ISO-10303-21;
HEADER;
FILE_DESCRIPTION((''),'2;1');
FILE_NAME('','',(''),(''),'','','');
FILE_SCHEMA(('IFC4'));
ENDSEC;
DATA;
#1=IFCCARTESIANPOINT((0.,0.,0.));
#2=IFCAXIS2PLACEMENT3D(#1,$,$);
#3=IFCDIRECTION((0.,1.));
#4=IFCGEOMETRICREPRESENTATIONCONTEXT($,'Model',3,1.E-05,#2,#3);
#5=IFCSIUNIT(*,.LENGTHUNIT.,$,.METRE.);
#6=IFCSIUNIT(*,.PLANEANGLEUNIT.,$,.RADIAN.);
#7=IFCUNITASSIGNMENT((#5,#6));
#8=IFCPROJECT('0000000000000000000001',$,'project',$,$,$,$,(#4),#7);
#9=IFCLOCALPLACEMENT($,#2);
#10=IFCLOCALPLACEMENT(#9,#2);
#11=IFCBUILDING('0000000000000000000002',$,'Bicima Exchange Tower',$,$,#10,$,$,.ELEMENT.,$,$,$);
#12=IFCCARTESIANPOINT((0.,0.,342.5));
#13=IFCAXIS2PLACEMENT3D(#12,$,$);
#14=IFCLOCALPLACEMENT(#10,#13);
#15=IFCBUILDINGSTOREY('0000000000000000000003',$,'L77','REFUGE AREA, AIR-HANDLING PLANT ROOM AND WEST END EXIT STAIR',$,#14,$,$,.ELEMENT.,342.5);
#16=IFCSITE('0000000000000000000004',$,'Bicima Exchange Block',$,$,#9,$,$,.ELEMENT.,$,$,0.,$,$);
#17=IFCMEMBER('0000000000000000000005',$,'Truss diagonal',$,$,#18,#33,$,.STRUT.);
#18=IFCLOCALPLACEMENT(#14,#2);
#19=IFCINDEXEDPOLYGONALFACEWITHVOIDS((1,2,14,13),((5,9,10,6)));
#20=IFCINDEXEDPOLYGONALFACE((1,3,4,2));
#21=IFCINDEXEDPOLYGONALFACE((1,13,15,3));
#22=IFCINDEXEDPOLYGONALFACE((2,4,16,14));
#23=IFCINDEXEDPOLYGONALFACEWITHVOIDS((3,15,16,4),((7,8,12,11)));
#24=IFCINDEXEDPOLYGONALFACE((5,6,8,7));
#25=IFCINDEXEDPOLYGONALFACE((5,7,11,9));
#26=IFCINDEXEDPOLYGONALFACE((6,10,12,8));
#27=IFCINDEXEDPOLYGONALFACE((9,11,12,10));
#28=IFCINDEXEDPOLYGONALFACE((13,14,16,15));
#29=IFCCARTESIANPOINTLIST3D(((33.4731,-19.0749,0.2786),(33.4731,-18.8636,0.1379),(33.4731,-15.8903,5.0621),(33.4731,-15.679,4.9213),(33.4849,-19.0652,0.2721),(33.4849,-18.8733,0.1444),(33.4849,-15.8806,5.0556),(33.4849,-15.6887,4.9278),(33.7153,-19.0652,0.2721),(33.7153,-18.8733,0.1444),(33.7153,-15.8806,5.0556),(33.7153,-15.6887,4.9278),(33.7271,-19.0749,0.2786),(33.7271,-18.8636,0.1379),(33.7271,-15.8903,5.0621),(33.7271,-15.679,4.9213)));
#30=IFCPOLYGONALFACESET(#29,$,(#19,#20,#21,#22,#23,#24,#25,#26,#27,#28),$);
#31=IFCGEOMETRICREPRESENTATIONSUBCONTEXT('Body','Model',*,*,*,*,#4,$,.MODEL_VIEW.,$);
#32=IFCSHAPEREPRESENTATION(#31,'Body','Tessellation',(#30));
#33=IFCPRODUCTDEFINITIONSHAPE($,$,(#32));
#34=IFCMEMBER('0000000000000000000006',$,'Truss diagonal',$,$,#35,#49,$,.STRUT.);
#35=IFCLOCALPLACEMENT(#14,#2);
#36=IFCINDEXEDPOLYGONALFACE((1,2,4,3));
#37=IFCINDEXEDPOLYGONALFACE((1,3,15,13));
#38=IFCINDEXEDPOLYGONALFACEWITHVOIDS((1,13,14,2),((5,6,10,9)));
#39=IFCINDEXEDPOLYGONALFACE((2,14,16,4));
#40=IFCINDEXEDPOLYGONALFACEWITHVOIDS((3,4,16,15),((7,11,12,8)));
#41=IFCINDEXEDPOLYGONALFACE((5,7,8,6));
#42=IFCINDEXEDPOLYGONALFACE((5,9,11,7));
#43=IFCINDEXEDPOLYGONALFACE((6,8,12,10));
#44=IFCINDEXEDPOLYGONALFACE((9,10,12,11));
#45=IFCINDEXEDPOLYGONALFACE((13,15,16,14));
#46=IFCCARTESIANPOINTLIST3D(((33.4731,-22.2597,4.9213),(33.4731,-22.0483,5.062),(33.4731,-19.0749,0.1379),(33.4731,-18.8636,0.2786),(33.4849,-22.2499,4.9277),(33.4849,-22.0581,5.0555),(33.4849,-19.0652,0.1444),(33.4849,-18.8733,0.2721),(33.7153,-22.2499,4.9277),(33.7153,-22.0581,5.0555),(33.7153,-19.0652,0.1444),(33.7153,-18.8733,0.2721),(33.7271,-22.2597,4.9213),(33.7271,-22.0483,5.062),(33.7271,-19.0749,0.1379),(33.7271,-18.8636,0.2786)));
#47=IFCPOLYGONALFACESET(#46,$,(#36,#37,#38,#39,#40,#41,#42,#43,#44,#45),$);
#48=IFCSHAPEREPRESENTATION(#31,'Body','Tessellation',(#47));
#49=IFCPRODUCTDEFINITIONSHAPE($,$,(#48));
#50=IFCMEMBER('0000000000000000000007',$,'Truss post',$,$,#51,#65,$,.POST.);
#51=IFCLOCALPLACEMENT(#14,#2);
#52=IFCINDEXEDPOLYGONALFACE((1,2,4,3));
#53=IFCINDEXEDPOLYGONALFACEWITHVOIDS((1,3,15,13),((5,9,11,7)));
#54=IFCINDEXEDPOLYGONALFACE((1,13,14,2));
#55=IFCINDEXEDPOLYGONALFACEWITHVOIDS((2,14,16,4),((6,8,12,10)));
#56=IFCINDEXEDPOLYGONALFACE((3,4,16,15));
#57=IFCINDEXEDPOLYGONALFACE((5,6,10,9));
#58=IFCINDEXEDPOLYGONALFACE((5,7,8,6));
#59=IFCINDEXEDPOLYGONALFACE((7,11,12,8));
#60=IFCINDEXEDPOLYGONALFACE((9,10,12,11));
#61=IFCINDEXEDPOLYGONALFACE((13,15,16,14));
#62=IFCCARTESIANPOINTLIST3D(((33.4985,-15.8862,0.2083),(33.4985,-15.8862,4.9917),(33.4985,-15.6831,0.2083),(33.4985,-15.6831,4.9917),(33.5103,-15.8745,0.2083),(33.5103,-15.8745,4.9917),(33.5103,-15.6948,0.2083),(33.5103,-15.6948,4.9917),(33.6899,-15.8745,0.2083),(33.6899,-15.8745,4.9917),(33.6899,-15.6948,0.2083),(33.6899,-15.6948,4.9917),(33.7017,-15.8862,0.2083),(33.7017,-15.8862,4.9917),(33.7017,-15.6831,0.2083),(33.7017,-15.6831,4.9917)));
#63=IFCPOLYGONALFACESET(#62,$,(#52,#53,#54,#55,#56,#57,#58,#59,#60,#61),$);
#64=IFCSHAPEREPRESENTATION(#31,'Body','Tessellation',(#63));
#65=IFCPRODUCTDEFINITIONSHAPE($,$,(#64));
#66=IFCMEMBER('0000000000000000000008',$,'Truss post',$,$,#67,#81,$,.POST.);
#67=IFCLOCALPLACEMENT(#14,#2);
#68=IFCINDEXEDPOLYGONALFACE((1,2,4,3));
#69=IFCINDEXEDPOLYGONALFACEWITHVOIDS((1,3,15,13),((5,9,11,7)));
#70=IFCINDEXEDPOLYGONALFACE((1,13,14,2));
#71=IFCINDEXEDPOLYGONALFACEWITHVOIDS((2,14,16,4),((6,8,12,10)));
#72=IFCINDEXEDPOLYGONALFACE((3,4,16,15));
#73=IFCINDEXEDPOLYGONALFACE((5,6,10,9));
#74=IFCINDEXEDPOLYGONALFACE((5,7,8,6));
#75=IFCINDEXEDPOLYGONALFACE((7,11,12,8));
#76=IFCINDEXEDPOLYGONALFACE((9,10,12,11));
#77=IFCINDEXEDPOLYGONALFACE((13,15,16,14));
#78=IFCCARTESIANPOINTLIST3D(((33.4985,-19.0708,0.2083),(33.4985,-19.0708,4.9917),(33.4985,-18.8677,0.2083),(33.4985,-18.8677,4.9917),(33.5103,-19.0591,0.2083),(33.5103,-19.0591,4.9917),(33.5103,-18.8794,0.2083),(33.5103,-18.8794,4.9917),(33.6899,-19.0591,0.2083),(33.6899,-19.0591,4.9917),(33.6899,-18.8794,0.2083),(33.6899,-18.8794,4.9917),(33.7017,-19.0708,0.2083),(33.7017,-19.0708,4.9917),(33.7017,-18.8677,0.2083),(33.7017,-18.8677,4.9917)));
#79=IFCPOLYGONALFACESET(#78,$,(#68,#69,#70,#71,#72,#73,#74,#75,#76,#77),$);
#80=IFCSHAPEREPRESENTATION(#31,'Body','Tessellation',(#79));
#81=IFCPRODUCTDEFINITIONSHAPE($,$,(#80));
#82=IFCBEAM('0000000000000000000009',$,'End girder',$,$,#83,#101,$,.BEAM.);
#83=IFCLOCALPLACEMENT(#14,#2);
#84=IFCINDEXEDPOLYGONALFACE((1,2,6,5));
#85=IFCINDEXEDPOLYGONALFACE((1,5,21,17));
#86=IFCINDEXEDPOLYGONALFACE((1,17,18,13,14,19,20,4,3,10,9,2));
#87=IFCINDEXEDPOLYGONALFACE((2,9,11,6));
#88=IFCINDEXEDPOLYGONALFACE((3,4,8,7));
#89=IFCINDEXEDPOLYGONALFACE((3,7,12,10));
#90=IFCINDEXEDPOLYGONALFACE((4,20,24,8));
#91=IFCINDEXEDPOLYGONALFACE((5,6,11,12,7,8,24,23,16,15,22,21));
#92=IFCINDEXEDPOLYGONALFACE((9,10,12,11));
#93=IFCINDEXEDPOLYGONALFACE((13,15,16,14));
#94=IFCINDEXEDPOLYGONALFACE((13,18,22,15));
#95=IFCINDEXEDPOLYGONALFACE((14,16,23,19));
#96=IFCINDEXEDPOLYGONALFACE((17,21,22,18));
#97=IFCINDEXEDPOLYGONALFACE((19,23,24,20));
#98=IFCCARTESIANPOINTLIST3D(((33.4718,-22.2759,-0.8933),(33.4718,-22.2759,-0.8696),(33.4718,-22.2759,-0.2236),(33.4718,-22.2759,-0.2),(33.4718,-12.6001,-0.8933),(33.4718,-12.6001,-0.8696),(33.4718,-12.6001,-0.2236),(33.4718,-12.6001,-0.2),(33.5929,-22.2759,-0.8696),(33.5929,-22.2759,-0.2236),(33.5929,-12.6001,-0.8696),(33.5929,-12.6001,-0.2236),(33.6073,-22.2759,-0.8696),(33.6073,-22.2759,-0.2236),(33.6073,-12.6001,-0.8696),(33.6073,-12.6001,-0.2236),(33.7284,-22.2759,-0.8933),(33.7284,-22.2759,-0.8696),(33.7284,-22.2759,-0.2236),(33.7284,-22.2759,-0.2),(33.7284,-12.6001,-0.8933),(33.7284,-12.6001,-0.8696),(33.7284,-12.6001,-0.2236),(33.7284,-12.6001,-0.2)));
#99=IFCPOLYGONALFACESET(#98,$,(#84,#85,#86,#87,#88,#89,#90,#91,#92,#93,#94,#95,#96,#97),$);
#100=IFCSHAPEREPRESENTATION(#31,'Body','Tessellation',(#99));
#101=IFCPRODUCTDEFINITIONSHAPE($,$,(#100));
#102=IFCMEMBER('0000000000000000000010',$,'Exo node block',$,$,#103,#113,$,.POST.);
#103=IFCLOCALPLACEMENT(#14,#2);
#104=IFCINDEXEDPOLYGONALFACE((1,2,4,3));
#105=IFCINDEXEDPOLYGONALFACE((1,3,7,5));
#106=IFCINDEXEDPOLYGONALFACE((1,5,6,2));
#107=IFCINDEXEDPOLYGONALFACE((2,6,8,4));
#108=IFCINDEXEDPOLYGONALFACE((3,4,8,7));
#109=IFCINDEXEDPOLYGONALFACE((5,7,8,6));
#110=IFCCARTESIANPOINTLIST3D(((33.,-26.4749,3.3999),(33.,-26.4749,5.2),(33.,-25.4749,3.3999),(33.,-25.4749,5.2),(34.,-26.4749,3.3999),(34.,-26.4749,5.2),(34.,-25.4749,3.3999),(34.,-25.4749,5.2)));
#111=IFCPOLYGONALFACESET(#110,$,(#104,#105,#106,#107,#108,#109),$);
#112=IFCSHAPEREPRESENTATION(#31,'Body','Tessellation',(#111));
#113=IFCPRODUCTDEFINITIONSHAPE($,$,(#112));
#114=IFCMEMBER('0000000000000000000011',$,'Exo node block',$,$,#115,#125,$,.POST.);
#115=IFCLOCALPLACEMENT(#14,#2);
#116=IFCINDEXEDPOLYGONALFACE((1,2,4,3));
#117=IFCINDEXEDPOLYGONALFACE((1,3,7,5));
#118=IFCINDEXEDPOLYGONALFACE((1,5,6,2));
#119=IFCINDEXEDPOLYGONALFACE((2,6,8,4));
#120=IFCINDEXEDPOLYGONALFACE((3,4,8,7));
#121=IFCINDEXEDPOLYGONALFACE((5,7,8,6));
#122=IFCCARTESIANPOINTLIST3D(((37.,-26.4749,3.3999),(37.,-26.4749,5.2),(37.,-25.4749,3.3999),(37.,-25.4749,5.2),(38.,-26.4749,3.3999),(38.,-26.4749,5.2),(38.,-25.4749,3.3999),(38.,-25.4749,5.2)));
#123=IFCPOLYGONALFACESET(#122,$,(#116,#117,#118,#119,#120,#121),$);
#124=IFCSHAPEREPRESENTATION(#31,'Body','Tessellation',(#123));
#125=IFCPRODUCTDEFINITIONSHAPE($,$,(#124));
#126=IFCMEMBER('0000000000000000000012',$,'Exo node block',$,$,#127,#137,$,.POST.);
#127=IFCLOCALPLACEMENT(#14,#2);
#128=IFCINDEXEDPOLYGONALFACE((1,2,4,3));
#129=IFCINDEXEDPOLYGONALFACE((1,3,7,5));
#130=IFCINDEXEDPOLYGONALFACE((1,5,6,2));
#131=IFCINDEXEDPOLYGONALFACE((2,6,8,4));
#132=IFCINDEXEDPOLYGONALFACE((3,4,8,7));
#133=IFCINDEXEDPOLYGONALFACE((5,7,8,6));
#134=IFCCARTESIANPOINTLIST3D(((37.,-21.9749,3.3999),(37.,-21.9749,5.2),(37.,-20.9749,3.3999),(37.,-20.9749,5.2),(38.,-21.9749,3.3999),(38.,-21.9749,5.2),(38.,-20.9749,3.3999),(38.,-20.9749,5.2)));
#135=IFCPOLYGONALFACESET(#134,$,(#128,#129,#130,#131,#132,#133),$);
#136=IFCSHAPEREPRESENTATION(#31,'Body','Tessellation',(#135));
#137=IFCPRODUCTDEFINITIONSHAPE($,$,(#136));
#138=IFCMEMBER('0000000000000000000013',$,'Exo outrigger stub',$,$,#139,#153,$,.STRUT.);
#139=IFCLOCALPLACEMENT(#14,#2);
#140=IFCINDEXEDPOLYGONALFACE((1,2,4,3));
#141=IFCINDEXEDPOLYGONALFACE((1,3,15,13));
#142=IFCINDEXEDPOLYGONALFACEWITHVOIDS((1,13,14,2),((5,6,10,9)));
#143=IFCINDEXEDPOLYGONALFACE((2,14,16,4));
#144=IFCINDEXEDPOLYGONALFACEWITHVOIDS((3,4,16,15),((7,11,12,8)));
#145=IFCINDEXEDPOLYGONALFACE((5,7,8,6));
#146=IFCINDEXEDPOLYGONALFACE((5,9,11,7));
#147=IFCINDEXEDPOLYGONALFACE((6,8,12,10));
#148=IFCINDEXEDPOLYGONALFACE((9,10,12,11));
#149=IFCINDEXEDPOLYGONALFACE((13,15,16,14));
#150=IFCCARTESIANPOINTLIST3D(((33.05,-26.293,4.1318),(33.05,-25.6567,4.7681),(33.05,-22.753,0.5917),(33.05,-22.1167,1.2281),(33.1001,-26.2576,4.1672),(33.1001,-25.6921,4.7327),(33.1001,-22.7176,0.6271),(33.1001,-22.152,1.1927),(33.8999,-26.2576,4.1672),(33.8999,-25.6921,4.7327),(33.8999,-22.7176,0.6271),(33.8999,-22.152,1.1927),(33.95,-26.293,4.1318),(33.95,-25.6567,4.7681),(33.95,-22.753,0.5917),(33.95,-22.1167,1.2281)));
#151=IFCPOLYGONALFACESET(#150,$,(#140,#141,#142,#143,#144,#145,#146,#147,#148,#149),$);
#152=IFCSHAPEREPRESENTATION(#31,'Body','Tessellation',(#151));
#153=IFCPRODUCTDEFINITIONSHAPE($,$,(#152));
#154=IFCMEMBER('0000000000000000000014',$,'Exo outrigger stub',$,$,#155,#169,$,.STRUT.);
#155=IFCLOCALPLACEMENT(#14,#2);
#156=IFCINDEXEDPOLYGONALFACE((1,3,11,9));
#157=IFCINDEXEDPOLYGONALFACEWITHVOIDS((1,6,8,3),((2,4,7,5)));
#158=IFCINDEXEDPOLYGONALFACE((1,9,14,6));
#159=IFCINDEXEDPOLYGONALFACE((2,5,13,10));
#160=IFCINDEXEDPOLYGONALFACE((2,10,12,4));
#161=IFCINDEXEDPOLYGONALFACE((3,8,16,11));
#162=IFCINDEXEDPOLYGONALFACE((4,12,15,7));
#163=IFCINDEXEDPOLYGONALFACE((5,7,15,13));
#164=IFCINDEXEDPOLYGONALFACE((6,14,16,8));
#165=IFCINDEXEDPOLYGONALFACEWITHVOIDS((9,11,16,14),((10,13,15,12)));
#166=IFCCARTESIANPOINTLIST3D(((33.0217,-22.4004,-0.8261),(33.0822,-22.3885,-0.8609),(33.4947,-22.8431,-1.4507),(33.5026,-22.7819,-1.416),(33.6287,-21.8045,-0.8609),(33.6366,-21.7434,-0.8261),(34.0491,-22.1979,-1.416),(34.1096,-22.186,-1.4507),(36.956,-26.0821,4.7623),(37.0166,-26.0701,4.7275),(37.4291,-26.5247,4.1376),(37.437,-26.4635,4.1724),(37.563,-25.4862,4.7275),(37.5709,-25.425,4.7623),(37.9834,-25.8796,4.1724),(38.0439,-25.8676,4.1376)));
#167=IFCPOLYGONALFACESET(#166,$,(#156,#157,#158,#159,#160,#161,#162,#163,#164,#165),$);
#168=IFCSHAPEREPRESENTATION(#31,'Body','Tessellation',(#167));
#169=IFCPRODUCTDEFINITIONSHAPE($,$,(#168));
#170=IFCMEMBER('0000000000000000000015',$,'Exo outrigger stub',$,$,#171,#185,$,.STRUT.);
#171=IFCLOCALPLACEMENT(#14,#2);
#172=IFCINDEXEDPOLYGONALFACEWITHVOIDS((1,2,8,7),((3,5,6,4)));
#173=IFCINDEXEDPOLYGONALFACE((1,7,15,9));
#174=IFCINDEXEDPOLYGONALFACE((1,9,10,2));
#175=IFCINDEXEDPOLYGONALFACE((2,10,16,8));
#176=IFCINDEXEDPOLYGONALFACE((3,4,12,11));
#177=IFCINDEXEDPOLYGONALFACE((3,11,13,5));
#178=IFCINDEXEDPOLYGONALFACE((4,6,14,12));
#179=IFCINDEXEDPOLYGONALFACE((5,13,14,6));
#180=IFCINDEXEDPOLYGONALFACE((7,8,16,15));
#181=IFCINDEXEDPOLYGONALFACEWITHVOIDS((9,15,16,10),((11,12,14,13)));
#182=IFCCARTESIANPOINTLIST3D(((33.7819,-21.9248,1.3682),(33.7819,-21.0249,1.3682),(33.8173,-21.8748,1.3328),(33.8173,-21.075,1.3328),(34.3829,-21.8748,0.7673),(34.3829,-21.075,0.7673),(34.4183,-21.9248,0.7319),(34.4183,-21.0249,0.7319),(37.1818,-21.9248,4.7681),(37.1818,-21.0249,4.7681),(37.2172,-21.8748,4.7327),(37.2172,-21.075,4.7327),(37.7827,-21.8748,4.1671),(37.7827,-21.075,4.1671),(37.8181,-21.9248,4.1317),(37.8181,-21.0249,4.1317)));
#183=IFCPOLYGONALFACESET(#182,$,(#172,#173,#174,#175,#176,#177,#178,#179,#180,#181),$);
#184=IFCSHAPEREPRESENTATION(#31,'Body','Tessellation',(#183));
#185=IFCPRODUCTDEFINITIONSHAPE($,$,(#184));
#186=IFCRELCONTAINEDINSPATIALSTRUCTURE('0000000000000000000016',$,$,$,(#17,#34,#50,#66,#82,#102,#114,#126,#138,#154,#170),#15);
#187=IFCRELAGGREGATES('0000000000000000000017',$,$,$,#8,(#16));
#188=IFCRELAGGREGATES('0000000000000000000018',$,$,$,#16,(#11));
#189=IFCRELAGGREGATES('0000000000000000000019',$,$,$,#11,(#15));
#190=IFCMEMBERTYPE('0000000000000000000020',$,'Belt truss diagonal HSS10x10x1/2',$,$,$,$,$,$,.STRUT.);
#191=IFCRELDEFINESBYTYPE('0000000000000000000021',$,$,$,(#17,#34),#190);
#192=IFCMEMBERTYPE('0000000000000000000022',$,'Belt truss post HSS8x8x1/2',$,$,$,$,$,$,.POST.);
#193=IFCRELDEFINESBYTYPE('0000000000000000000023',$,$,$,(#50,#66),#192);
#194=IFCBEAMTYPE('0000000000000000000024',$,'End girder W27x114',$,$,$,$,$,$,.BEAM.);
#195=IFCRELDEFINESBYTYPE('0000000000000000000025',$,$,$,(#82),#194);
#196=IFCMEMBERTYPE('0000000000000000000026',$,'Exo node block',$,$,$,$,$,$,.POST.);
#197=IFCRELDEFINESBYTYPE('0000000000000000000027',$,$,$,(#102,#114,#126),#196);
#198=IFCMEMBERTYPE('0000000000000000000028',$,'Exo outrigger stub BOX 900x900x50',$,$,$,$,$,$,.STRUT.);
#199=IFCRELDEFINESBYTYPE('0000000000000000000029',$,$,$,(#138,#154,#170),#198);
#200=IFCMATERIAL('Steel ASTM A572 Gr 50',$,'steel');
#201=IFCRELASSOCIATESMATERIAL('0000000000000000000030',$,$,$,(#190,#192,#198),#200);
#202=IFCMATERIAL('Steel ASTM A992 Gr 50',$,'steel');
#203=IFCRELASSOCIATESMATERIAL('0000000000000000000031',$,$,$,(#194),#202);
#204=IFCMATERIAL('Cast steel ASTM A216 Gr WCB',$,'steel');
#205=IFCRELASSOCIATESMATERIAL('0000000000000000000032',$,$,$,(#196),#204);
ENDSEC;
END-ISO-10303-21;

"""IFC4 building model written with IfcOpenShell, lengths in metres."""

from ifc_helpers import new_model, si_unit, direction, frame, origin, origin_2d, place, context, subcontext, project, spatial, rectangle, hollow_rectangle, i_section, extrude, material, material_profile, profile_set, type_object, element, save


model = new_model("IFC4")

# Units and contexts
model_context = context("Model", 3, precision=1e-05, world=origin(), true_north=direction((0.0, 1.0)))
body_context = subcontext(model_context, "Body", "Model", "MODEL_VIEW")
ifc_project = project(units=[si_unit("LENGTHUNIT", "METRE"), si_unit("PLANEANGLEUNIT", "RADIAN")], contexts=[model_context])

# Site, building, storey
site_placement = place(None, origin())
site = spatial("IfcSite", under=ifc_project, at=site_placement, Name="Bicima Exchange Block", CompositionType="ELEMENT", RefElevation=0.0)
building_placement = place(site_placement, origin())
building = spatial("IfcBuilding", under=site, at=building_placement, Name="Bicima Exchange Tower", CompositionType="ELEMENT")
storey_placement = place(building_placement, frame((0.0, 0.0, 342.5)))
storey = spatial("IfcBuildingStorey", under=building, at=storey_placement, Name="L77", Description="REFUGE AREA, AIR-HANDLING PLANT ROOM AND WEST END EXIT STAIR", CompositionType="ELEMENT", Elevation=342.5)

# Shared definitions
ifc_material_1 = material(Name="Steel ASTM A572 Gr 50", Category="steel")
ifc_material_2 = material(Name="Steel ASTM A992 Gr 50", Category="steel")

# Members
ifc_material_profile_1 = material_profile(ifc_material_1, hollow_rectangle(XDim=0.2539, YDim=0.2539, WallThickness=0.0117, at=origin_2d()))
ifc_profile_set_1 = profile_set([ifc_material_profile_1], Name="Steel ASTM A572 Gr 50")
member_type_1 = type_object("IfcMemberType", Name="Belt truss diagonal HSS10x10x1/2", PredefinedType="STRUT", material=ifc_profile_set_1)
for number, where, z_axis, x_axis, name in (
    (1, (33.6001, -15.7847, 4.9917), (0.0, -0.554171, -0.832403), (1.0, 0.0, 0.0), "Truss diagonal"),
    (2, (33.6001, -18.9692, 0.2083), (0.0, -0.5542, 0.832383), (1.0, 0.0, 0.0), "Truss diagonal"),
):
    element("IfcMember", number, at=place(storey_placement, frame(where, z_axis=z_axis, x_axis=x_axis)), inside=storey, type_object=member_type_1, Name=name, PredefinedType="STRUT", context=body_context, shape_type="SweptSolid", body=[
        extrude(hollow_rectangle(XDim=0.2539, YDim=0.2539, WallThickness=0.0117, at=origin_2d()), origin(), (0.0, 0.0, 1.0), 5.7466),
    ])
ifc_material_profile_2 = material_profile(ifc_material_1, hollow_rectangle(XDim=0.2031, YDim=0.2031, WallThickness=0.0117, at=origin_2d()))
ifc_profile_set_2 = profile_set([ifc_material_profile_2], Name="Steel ASTM A572 Gr 50")
member_type_2 = type_object("IfcMemberType", Name="Belt truss post HSS8x8x1/2", PredefinedType="POST", material=ifc_profile_set_2)
for number, where, z_axis, x_axis, name in (
    (3, (33.6001, -15.7847, 0.2083), (0.0, 0.0, 1.0), (1.0, 0.0, 0.0), "Truss post"),
    (4, (33.6001, -18.9692, 0.2083), (0.0, 0.0, 1.0), (1.0, 0.0, 0.0), "Truss post"),
):
    element("IfcMember", number, at=place(storey_placement, frame(where, z_axis=z_axis, x_axis=x_axis)), inside=storey, type_object=member_type_2, Name=name, PredefinedType="POST", context=body_context, shape_type="SweptSolid", body=[
        extrude(hollow_rectangle(XDim=0.2031, YDim=0.2031, WallThickness=0.0117, at=origin_2d()), origin(), (0.0, 0.0, 1.0), 4.7834),
    ])

# Beam
ifc_material_profile_3 = material_profile(ifc_material_2, i_section(OverallWidth=0.2566, OverallDepth=0.6934, WebThickness=0.0144, FlangeThickness=0.0237, at=origin_2d()))
ifc_profile_set_3 = profile_set([ifc_material_profile_3], Name="Steel ASTM A992 Gr 50")
beam_type_1 = type_object("IfcBeamType", Name="End girder W27x114", PredefinedType="BEAM", material=ifc_profile_set_3)
beam_1_placement = place(storey_placement, frame((33.6001, -12.6001, -0.5466), z_axis=(0.0, -1.0, 0.0), x_axis=(1.0, 0.0, 0.0)))
element("IfcBeam", 5, at=beam_1_placement, inside=storey, type_object=beam_type_1, Name="End girder", PredefinedType="BEAM", context=body_context, shape_type="SweptSolid", body=[
    extrude(i_section(OverallWidth=0.2566, OverallDepth=0.6934, WebThickness=0.0144, FlangeThickness=0.0237, at=origin_2d()), origin(), (0.0, 0.0, 1.0), 9.6758),
])

# Members
ifc_material_3 = material(Name="Cast steel ASTM A216 Gr WCB", Category="steel")
ifc_material_profile_4 = material_profile(ifc_material_3, rectangle(XDim=1.0, YDim=1.0, at=origin_2d()))
ifc_profile_set_4 = profile_set([ifc_material_profile_4], Name="Cast steel ASTM A216 Gr WCB")
member_type_3 = type_object("IfcMemberType", Name="Exo node block", PredefinedType="POST", material=ifc_profile_set_4)
for number, where, z_axis, x_axis, name in (
    (6, (33.5, -25.9749, 3.3999), (0.0, 0.0, 1.0), (1.0, 0.0, 0.0), "Exo node block"),
    (7, (37.5, -25.9749, 3.3999), (0.0, 0.0, 1.0), (1.0, 0.0, 0.0), "Exo node block"),
    (8, (37.5, -21.4749, 3.3999), (0.0, 0.0, 1.0), (1.0, 0.0, 0.0), "Exo node block"),
):
    element("IfcMember", number, at=place(storey_placement, frame(where, z_axis=z_axis, x_axis=x_axis)), inside=storey, type_object=member_type_3, Name=name, PredefinedType="POST", context=body_context, shape_type="SweptSolid", body=[
        extrude(rectangle(XDim=1.0, YDim=1.0, at=origin_2d()), origin(), (0.0, 0.0, 1.0), 1.8),
    ])
ifc_material_profile_5 = material_profile(ifc_material_1, hollow_rectangle(XDim=0.8999, YDim=0.8999, WallThickness=0.05, at=origin_2d()))
ifc_profile_set_5 = profile_set([ifc_material_profile_5], Name="Steel ASTM A572 Gr 50")
member_type_4 = type_object("IfcMemberType", Name="Exo outrigger stub BOX 900x900x50", PredefinedType="STRUT", material=ifc_profile_set_5)
member_1_placement = place(storey_placement, frame((33.5, -22.4348, 0.9099), z_axis=(0.0, -0.707107, 0.707107), x_axis=(1.0, 0.0, 0.0)))
element("IfcMember", 9, at=member_1_placement, inside=storey, type_object=member_type_4, Name="Exo outrigger stub", PredefinedType="STRUT", context=body_context, shape_type="SweptSolid", body=[
    extrude(hollow_rectangle(XDim=0.8999, YDim=0.8999, WallThickness=0.05, at=origin_2d()), origin(), (0.0, 0.0, 1.0), 5.0063),
])
member_2_placement = place(storey_placement, frame((33.5657, -22.2932, -1.1384), z_axis=(0.506808, -0.474258, 0.719878), x_axis=(0.68327, 0.730166, 0.0)))
element("IfcMember", 10, at=member_2_placement, inside=storey, type_object=member_type_4, Name="Exo outrigger stub", PredefinedType="STRUT", context=body_context, shape_type="SweptSolid", body=[
    extrude(hollow_rectangle(XDim=0.8999, YDim=0.8999, WallThickness=0.05, at=origin_2d()), origin(), (0.0, 0.0, 1.0), 7.7629),
])
member_3_placement = place(storey_placement, frame((34.1001, -21.4749, 1.05), z_axis=(0.707107, 0.0, 0.707107), x_axis=(0.0, 1.0, 0.0)))
element("IfcMember", 11, at=member_3_placement, inside=storey, type_object=member_type_4, Name="Exo outrigger stub", PredefinedType="STRUT", context=body_context, shape_type="SweptSolid", body=[
    extrude(hollow_rectangle(XDim=0.8999, YDim=0.8999, WallThickness=0.05, at=origin_2d()), origin(), (0.0, 0.0, 1.0), 4.8081),
])

save(model, "model.ifc")
